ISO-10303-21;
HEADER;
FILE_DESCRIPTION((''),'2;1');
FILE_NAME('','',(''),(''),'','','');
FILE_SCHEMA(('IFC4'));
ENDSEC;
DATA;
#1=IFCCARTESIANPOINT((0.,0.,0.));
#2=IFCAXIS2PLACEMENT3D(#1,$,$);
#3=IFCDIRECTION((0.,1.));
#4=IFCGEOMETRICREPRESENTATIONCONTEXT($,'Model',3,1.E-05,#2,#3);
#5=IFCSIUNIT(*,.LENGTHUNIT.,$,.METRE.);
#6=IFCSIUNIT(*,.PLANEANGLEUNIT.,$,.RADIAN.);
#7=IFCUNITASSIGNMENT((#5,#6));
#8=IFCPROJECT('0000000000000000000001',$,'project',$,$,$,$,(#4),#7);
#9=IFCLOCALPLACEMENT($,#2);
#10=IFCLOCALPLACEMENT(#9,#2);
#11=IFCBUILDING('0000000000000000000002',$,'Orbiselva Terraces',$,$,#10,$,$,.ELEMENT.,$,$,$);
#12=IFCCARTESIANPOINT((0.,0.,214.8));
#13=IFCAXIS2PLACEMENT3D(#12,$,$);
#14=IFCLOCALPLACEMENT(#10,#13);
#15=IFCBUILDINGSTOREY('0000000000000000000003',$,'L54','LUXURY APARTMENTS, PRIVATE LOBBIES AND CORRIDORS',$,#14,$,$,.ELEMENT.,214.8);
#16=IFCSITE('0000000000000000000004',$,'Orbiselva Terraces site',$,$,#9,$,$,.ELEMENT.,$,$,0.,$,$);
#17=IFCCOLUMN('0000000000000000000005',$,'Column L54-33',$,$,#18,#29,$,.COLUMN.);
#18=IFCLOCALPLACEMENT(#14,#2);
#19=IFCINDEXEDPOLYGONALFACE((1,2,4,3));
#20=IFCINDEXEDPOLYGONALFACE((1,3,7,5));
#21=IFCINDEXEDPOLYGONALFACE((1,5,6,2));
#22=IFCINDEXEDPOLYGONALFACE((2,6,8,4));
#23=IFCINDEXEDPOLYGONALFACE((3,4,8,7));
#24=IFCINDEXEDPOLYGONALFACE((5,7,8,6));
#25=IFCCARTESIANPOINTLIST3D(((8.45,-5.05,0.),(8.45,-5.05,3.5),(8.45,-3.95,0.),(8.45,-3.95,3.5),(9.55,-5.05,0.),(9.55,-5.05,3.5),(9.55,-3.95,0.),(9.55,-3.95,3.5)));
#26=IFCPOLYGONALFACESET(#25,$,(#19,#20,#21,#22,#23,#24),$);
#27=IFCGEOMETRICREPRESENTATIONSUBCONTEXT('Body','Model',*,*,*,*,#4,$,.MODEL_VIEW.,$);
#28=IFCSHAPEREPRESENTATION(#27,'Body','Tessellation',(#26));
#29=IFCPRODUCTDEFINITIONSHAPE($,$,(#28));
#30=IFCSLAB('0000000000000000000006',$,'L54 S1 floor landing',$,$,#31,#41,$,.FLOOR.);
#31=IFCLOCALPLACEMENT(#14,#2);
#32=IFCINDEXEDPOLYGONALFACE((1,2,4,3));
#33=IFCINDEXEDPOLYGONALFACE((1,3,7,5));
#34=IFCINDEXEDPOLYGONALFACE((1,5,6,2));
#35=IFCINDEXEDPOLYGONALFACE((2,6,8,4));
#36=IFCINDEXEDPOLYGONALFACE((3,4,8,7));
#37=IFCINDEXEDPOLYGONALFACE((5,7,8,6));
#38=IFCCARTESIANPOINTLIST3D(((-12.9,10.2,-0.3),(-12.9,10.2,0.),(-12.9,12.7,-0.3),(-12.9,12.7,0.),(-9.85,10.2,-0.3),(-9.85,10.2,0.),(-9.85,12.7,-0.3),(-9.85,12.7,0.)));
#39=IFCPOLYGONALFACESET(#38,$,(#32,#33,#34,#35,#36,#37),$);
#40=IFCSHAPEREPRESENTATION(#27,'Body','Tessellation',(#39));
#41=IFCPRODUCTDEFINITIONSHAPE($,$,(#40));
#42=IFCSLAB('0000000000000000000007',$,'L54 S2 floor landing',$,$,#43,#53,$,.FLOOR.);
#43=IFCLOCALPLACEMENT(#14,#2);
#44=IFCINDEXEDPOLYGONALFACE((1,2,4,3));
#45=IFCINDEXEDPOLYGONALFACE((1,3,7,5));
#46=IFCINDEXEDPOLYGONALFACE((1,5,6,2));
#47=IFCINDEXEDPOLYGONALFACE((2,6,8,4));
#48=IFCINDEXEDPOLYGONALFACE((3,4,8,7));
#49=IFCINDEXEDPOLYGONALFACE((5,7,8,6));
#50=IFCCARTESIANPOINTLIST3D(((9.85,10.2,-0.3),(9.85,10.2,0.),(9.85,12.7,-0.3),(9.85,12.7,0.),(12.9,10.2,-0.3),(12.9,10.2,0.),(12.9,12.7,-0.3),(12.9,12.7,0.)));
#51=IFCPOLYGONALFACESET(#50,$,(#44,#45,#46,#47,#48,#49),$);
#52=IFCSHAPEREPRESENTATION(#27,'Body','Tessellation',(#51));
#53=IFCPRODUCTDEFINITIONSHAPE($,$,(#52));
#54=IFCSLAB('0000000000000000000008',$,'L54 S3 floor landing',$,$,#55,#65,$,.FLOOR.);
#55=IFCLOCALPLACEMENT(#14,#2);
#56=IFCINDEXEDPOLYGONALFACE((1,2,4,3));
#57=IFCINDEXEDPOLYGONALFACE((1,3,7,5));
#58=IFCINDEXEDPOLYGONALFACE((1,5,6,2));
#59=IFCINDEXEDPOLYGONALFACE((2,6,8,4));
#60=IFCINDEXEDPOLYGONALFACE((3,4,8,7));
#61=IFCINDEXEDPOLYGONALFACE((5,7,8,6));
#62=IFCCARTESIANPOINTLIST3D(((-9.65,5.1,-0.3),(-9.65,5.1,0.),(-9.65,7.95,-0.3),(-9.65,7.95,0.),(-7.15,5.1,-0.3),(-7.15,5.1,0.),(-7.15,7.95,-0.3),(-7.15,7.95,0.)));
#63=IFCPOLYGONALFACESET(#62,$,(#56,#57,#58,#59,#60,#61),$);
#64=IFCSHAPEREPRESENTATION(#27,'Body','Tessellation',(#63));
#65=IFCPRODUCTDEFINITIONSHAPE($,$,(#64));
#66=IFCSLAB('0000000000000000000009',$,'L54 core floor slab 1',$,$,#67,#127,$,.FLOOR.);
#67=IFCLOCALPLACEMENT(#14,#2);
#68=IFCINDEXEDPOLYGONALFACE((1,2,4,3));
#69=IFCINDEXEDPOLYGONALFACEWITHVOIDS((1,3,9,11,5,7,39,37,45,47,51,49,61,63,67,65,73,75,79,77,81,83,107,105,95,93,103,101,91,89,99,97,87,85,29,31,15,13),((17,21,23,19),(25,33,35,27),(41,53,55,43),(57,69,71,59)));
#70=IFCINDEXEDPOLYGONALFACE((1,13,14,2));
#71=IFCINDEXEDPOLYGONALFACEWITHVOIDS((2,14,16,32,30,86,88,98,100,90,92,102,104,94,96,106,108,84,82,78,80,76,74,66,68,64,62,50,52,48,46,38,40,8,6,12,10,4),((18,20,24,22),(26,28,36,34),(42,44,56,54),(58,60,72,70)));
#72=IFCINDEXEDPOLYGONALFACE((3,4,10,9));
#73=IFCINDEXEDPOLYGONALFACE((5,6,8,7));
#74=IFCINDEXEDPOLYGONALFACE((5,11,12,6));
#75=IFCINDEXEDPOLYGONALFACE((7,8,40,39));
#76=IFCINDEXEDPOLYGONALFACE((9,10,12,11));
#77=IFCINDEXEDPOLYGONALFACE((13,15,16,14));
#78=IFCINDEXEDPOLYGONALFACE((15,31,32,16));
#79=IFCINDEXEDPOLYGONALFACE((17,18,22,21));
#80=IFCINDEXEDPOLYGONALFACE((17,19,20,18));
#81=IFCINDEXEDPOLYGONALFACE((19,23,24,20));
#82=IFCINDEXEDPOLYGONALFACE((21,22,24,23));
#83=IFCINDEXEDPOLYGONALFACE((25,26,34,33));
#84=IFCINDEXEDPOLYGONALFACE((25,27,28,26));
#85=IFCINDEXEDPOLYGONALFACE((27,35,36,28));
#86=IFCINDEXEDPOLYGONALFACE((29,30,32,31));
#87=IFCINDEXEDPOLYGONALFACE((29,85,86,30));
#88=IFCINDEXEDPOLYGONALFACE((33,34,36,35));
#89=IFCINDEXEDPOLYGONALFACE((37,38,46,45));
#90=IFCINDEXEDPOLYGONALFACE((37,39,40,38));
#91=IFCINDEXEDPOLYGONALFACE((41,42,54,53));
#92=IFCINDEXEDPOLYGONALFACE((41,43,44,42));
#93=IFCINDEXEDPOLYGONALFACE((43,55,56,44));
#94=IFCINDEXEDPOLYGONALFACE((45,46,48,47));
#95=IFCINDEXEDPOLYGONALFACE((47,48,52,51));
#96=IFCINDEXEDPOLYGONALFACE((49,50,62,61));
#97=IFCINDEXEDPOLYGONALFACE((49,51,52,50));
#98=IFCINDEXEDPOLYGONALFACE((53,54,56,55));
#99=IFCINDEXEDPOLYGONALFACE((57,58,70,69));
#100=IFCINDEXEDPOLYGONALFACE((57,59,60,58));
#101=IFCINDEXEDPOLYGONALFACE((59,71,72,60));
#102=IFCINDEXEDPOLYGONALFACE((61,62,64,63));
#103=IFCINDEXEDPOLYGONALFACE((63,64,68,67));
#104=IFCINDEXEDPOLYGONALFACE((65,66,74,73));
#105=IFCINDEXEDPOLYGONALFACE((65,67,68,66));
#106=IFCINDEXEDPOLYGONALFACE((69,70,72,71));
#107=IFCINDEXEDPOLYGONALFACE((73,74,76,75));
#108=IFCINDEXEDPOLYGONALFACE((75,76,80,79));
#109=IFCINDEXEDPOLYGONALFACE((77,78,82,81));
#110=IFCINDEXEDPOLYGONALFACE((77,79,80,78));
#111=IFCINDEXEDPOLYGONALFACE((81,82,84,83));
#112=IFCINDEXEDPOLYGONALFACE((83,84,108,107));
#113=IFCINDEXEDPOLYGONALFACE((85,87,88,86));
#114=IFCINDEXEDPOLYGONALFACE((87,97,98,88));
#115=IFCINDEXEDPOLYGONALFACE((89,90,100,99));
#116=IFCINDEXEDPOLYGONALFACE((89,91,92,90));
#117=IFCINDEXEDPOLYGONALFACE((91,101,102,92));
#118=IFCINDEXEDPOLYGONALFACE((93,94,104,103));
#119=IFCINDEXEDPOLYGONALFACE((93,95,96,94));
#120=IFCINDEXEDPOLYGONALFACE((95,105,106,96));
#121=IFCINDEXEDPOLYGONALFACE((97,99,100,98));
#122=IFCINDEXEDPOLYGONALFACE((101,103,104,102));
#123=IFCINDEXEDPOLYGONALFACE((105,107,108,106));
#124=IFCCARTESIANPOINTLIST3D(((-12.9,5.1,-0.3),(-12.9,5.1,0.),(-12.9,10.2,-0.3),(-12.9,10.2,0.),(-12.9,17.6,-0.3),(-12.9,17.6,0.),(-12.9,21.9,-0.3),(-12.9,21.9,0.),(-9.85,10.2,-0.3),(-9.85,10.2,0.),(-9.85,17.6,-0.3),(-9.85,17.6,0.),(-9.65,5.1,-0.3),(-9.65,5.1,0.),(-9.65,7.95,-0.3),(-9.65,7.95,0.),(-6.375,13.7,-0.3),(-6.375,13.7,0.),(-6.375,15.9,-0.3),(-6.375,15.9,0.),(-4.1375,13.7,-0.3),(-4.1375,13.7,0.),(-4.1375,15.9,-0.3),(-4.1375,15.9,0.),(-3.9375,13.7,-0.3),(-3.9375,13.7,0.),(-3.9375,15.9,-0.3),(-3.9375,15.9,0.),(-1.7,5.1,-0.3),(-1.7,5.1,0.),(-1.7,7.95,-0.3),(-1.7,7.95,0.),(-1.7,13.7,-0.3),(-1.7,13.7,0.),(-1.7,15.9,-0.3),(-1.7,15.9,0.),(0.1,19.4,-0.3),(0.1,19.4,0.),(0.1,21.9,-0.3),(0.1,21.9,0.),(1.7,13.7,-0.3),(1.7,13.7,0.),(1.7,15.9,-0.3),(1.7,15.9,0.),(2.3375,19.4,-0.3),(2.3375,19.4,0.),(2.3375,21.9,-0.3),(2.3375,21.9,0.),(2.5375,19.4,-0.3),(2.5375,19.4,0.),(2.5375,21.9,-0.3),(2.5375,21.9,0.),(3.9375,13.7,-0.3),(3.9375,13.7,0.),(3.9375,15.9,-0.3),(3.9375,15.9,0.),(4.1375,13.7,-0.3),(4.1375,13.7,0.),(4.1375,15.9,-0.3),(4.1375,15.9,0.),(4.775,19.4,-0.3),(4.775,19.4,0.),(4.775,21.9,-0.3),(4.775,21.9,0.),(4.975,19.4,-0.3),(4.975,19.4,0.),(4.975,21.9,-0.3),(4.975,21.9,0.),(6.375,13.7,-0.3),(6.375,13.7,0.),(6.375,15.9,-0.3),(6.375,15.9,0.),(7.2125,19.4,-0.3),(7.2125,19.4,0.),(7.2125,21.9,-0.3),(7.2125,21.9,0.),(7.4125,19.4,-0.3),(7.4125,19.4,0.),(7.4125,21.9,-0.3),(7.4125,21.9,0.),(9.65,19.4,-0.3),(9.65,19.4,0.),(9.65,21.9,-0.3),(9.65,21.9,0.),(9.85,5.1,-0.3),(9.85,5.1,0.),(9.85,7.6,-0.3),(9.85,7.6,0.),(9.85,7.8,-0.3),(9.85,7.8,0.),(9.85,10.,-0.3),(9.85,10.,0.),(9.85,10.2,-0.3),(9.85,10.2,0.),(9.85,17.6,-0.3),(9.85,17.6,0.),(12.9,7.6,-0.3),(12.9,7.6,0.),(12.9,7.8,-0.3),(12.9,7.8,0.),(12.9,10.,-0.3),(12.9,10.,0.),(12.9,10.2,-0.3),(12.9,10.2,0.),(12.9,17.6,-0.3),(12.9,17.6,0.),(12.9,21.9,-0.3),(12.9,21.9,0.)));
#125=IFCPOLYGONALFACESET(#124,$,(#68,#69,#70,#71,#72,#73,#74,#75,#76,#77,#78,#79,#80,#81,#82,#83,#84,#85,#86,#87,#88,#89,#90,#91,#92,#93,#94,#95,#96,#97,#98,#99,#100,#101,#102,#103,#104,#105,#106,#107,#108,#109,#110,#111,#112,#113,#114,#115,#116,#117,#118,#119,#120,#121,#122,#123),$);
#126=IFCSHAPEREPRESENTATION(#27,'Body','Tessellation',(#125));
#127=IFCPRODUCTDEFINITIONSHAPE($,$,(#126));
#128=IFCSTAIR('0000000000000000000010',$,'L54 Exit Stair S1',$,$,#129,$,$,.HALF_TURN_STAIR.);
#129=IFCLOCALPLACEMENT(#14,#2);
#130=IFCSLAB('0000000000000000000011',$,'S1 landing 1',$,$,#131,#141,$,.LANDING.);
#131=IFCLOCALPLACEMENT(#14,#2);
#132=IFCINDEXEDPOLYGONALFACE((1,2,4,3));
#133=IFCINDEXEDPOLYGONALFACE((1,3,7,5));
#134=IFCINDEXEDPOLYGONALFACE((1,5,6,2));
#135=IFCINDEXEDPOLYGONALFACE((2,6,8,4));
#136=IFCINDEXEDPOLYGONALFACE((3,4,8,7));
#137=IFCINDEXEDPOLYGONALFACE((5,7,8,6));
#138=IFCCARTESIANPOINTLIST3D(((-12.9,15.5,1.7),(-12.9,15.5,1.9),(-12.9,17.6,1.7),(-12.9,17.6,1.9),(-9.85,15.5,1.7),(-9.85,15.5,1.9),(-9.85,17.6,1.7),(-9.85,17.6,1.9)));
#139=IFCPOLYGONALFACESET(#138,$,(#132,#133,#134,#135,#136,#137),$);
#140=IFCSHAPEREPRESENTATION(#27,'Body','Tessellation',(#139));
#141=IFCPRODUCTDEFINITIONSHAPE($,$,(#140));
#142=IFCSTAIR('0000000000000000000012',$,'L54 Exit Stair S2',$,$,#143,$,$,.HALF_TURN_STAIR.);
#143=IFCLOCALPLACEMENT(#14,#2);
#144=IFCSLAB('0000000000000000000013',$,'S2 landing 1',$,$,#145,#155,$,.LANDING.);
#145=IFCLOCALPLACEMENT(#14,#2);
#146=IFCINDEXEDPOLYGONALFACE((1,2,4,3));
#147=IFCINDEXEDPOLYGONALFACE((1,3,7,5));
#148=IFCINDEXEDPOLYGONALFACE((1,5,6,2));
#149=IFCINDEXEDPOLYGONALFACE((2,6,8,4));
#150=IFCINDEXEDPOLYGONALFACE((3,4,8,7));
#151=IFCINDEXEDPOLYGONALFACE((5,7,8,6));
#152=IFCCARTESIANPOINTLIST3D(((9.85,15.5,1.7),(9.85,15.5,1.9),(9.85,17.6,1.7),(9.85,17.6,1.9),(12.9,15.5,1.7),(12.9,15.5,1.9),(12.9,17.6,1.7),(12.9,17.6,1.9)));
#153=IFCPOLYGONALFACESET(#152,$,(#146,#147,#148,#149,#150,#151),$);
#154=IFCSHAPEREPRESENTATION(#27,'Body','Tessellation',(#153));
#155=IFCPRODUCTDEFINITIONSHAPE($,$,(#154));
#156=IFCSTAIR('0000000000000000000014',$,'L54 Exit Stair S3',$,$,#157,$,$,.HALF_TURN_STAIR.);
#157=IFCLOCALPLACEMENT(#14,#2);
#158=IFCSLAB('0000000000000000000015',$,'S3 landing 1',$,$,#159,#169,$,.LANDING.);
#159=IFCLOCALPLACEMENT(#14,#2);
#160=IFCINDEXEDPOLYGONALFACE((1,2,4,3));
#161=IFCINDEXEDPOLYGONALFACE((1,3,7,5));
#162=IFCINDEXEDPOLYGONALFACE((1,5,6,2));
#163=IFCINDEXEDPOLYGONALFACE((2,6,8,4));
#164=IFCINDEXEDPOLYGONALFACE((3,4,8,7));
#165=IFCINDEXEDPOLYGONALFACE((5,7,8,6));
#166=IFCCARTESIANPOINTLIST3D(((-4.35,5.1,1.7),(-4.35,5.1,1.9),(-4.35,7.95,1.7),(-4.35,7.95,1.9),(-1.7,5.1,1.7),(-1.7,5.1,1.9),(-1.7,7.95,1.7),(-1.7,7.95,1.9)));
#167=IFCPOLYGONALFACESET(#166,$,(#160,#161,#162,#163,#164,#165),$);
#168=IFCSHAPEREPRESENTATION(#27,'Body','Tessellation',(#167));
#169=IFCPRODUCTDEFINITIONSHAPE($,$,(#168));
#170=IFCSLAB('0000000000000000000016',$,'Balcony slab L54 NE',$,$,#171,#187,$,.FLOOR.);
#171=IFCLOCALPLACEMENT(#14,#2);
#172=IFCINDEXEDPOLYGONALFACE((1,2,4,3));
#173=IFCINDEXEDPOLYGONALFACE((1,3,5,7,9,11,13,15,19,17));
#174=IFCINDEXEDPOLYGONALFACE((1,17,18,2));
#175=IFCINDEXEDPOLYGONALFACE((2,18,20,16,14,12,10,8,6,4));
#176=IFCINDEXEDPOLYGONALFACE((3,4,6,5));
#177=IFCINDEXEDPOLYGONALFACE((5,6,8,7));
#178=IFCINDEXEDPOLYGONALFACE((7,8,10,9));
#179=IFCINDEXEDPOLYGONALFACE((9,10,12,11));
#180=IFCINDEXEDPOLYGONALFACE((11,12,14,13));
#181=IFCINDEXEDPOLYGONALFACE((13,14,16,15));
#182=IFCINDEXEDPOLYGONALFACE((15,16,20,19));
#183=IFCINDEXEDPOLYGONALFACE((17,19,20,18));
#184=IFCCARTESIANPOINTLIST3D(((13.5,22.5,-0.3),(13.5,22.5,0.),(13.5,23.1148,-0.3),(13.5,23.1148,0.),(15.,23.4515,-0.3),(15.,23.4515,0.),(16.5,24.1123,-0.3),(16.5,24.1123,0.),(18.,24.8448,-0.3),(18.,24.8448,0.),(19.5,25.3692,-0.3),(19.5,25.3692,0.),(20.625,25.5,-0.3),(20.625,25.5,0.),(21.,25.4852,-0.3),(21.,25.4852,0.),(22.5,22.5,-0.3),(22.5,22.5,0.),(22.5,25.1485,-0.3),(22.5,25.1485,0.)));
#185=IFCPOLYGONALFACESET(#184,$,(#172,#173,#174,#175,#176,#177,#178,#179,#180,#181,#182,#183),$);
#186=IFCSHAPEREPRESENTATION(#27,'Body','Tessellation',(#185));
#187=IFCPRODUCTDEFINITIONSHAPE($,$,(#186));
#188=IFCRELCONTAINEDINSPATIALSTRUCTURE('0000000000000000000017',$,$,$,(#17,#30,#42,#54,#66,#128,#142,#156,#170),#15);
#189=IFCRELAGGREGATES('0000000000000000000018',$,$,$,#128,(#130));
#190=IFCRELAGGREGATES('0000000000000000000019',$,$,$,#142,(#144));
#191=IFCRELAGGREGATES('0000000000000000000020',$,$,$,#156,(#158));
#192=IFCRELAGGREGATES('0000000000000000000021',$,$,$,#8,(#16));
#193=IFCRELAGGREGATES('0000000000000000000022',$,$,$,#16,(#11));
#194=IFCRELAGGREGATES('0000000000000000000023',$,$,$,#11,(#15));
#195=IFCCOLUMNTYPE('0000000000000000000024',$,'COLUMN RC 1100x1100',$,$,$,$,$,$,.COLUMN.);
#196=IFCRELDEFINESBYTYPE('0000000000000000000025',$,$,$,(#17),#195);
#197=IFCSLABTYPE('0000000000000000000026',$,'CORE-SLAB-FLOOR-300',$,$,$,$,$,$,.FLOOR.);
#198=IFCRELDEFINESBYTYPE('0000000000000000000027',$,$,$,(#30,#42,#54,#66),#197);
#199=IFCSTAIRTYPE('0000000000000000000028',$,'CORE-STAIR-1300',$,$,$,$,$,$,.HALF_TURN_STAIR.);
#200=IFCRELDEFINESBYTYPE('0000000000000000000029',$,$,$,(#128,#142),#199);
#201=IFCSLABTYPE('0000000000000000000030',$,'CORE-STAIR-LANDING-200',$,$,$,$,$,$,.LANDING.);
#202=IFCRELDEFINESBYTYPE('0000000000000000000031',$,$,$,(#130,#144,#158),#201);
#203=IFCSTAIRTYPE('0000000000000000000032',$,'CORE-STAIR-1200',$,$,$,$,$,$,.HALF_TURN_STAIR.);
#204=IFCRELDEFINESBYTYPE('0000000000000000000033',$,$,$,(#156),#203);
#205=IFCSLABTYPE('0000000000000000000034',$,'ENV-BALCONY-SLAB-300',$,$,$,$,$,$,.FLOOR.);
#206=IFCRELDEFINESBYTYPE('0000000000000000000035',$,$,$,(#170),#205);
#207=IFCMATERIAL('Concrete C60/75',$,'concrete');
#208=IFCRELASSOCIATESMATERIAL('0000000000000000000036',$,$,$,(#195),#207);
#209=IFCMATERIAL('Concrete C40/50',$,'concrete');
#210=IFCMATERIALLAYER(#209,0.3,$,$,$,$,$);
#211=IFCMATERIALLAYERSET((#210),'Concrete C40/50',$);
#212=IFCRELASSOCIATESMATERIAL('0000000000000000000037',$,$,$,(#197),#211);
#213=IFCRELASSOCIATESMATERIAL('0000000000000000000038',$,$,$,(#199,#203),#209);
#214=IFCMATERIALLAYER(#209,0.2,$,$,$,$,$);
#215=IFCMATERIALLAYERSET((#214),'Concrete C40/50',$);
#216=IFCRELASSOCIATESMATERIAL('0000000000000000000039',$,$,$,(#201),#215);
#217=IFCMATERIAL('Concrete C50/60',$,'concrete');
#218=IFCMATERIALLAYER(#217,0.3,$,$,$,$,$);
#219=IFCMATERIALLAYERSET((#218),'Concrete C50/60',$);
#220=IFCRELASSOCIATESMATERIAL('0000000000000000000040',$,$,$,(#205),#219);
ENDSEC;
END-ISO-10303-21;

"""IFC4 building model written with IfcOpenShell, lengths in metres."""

from ifc_helpers import new_model, si_unit, direction, frame, origin, origin_2d, place, context, subcontext, project, spatial, polyline, rectangle, outline, extrude, material, layer, layer_set, material_profile, profile_set, type_object, element, aggregate, save


model = new_model("IFC4")

# Units and contexts
model_context = context("Model", 3, precision=1e-05, world=origin(), true_north=direction((0.0, 1.0)))
body_context = subcontext(model_context, "Body", "Model", "MODEL_VIEW")
ifc_project = project(units=[si_unit("LENGTHUNIT", "METRE"), si_unit("PLANEANGLEUNIT", "RADIAN")], contexts=[model_context])

# Site, building, storey
site_placement = place(None, origin())
site = spatial("IfcSite", under=ifc_project, at=site_placement, Name="Orbiselva Terraces site", CompositionType="ELEMENT", RefElevation=0.0)
building_placement = place(site_placement, origin())
building = spatial("IfcBuilding", under=site, at=building_placement, Name="Orbiselva Terraces", CompositionType="ELEMENT")
storey_placement = place(building_placement, frame((0.0, 0.0, 214.8)))
storey = spatial("IfcBuildingStorey", under=building, at=storey_placement, Name="L54", Description="LUXURY APARTMENTS, PRIVATE LOBBIES AND CORRIDORS", CompositionType="ELEMENT", Elevation=214.8)

# Column
ifc_material_1 = material(Name="Concrete C60/75", Category="concrete")
ifc_material_profile = material_profile(ifc_material_1, rectangle(XDim=1.1, YDim=1.1, at=origin_2d()), Name="RC 1100x1100")
ifc_profile_set = profile_set([ifc_material_profile], Name="Concrete C60/75")
column_type = type_object("IfcColumnType", Name="COLUMN RC 1100x1100", PredefinedType="COLUMN", material=ifc_profile_set)
column_placement = place(storey_placement, frame((9.0, -4.5, 0.0), z_axis=(0.0, 0.0, 1.0), x_axis=(1.0, 0.0, 0.0)))
element("IfcColumn", 1, at=column_placement, inside=storey, type_object=column_type, Name="Column L54-33", PredefinedType="COLUMN", context=body_context, shape_type="SweptSolid", body=[
    extrude(rectangle(XDim=1.1, YDim=1.1, at=origin_2d()), origin(), (0.0, 0.0, 1.0), 3.5),
])

# Slabs
ifc_material_2 = material(Name="Concrete C40/50", Category="concrete")
ifc_layer_1 = layer(ifc_material_2, 0.3)
ifc_layer_set_1 = layer_set([ifc_layer_1], Name="Concrete C40/50")
slab_type_1 = type_object("IfcSlabType", Name="CORE-SLAB-FLOOR-300", PredefinedType="FLOOR", material=ifc_layer_set_1)
slab_1_placement = place(storey_placement, frame((0.0, 0.0, -0.3)))
element("IfcSlab", 2, at=slab_1_placement, inside=storey, type_object=slab_type_1, Name="L54 S1 floor landing", PredefinedType="FLOOR", context=body_context, shape_type="SweptSolid", body=[
    extrude(outline(polyline([(-12.9, 12.7), (-9.85, 12.7), (-9.85, 10.2), (-12.9, 10.2), (-12.9, 12.7)])), origin(), (0.0, 0.0, 1.0), 0.3),
])
slab_2_placement = place(storey_placement, frame((0.0, 0.0, -0.3)))
element("IfcSlab", 3, at=slab_2_placement, inside=storey, type_object=slab_type_1, Name="L54 S2 floor landing", PredefinedType="FLOOR", context=body_context, shape_type="SweptSolid", body=[
    extrude(outline(polyline([(12.9, 12.7), (12.9, 10.2), (9.85, 10.2), (9.85, 12.7), (12.9, 12.7)])), origin(), (0.0, 0.0, 1.0), 0.3),
])
slab_3_placement = place(storey_placement, frame((0.0, 0.0, -0.3)))
element("IfcSlab", 4, at=slab_3_placement, inside=storey, type_object=slab_type_1, Name="L54 S3 floor landing", PredefinedType="FLOOR", context=body_context, shape_type="SweptSolid", body=[
    extrude(outline(polyline([(-7.15, 5.1), (-9.65, 5.1), (-9.65, 7.95), (-7.15, 7.95), (-7.15, 5.1)])), origin(), (0.0, 0.0, 1.0), 0.3),
])
slab_4_placement = place(storey_placement, frame((0.0, 0.0, -0.3)))
element("IfcSlab", 5, at=slab_4_placement, inside=storey, type_object=slab_type_1, Name="L54 core floor slab 1", PredefinedType="FLOOR", context=body_context, shape_type="SweptSolid", body=[
    extrude(outline(polyline([(-1.7, 5.1), (-1.7, 7.95), (-9.65, 7.95), (-9.65, 5.1), (-12.9, 5.1), (-12.9, 10.2), (-9.85, 10.2), (-9.85, 17.6), (-12.9, 17.6), (-12.9, 21.9), (0.1, 21.9), (0.1, 19.4), (2.3375, 19.4), (2.3375, 21.9), (2.5375, 21.9), (2.5375, 19.4), (4.775, 19.4), (4.775, 21.9), (4.975, 21.9), (4.975, 19.4), (7.2125, 19.4), (7.2125, 21.9), (7.4125, 21.9), (7.4125, 19.4), (9.65, 19.4), (9.65, 21.9), (12.9, 21.9), (12.9, 17.6), (9.85, 17.6), (9.85, 10.2), (12.9, 10.2), (12.9, 10.0), (9.85, 10.0), (9.85, 7.8), (12.9, 7.8), (12.9, 7.6), (9.85, 7.6), (9.85, 5.1), (-1.7, 5.1)]), holes=[polyline([(-4.1375, 13.7), (-4.1375, 15.9), (-6.375, 15.9), (-6.375, 13.7), (-4.1375, 13.7)]), polyline([(-1.7, 13.7), (-1.7, 15.9), (-3.9375, 15.9), (-3.9375, 13.7), (-1.7, 13.7)]), polyline([(3.9375, 15.9), (1.7, 15.9), (1.7, 13.7), (3.9375, 13.7), (3.9375, 15.9)]), polyline([(6.375, 13.7), (6.375, 15.9), (4.1375, 15.9), (4.1375, 13.7), (6.375, 13.7)])]), origin(), (0.0, 0.0, 1.0), 0.3),
])

# Stairs, slabs
stair_type_1 = type_object("IfcStairType", Name="CORE-STAIR-1300", PredefinedType="HALF_TURN_STAIR", material=ifc_material_2)
stair_1_placement = place(storey_placement, origin())
stair_1 = element("IfcStair", 6, at=stair_1_placement, inside=storey, type_object=stair_type_1, Name="L54 Exit Stair S1", PredefinedType="HALF_TURN_STAIR")
ifc_layer_2 = layer(ifc_material_2, 0.2)
ifc_layer_set_2 = layer_set([ifc_layer_2], Name="Concrete C40/50")
slab_type_2 = type_object("IfcSlabType", Name="CORE-STAIR-LANDING-200", PredefinedType="LANDING", material=ifc_layer_set_2)
slab_5_placement = place(storey_placement, frame((0.0, 0.0, 1.7)))
slab_5 = element("IfcSlab", 7, at=slab_5_placement, type_object=slab_type_2, Name="S1 landing 1", PredefinedType="LANDING", context=body_context, shape_type="SweptSolid", body=[
    extrude(outline(polyline([(-9.85, 15.5), (-9.85, 17.6), (-12.9, 17.6), (-12.9, 15.5), (-9.85, 15.5)])), origin(), (0.0, 0.0, 1.0), 0.2),
])
aggregate(stair_1, [slab_5])
stair_2_placement = place(storey_placement, origin())
stair_2 = element("IfcStair", 8, at=stair_2_placement, inside=storey, type_object=stair_type_1, Name="L54 Exit Stair S2", PredefinedType="HALF_TURN_STAIR")
slab_6_placement = place(storey_placement, frame((0.0, 0.0, 1.7)))
slab_6 = element("IfcSlab", 9, at=slab_6_placement, type_object=slab_type_2, Name="S2 landing 1", PredefinedType="LANDING", context=body_context, shape_type="SweptSolid", body=[
    extrude(outline(polyline([(12.9, 15.5), (12.9, 17.6), (9.85, 17.6), (9.85, 15.5), (12.9, 15.5)])), origin(), (0.0, 0.0, 1.0), 0.2),
])
aggregate(stair_2, [slab_6])
stair_type_2 = type_object("IfcStairType", Name="CORE-STAIR-1200", PredefinedType="HALF_TURN_STAIR", material=ifc_material_2)
stair_3_placement = place(storey_placement, origin())
stair_3 = element("IfcStair", 10, at=stair_3_placement, inside=storey, type_object=stair_type_2, Name="L54 Exit Stair S3", PredefinedType="HALF_TURN_STAIR")
slab_7_placement = place(storey_placement, frame((0.0, 0.0, 1.7)))
slab_7 = element("IfcSlab", 11, at=slab_7_placement, type_object=slab_type_2, Name="S3 landing 1", PredefinedType="LANDING", context=body_context, shape_type="SweptSolid", body=[
    extrude(outline(polyline([(-4.35, 5.1), (-1.7, 5.1), (-1.7, 7.95), (-4.35, 7.95), (-4.35, 5.1)])), origin(), (0.0, 0.0, 1.0), 0.2),
])
aggregate(stair_3, [slab_7])

# Slab
ifc_material_3 = material(Name="Concrete C50/60", Category="concrete")
ifc_layer_3 = layer(ifc_material_3, 0.3)
ifc_layer_set_3 = layer_set([ifc_layer_3], Name="Concrete C50/60")
slab_type_3 = type_object("IfcSlabType", Name="ENV-BALCONY-SLAB-300", PredefinedType="FLOOR", material=ifc_layer_set_3)
slab_8_placement = place(storey_placement, frame((0.0, 0.0, -0.3)))
element("IfcSlab", 12, at=slab_8_placement, inside=storey, type_object=slab_type_3, Name="Balcony slab L54 NE", PredefinedType="FLOOR", context=body_context, shape_type="SweptSolid", body=[
    extrude(outline(polyline([(22.5, 25.1485), (21.0, 25.4852), (20.625, 25.5), (19.5, 25.3692), (18.0, 24.8448), (16.5, 24.1123), (15.0, 23.4515), (13.5, 23.1148), (13.5, 22.5), (22.5, 22.5), (22.5, 25.1485)])), origin(), (0.0, 0.0, 1.0), 0.3),
])

save(model, "model.ifc")
